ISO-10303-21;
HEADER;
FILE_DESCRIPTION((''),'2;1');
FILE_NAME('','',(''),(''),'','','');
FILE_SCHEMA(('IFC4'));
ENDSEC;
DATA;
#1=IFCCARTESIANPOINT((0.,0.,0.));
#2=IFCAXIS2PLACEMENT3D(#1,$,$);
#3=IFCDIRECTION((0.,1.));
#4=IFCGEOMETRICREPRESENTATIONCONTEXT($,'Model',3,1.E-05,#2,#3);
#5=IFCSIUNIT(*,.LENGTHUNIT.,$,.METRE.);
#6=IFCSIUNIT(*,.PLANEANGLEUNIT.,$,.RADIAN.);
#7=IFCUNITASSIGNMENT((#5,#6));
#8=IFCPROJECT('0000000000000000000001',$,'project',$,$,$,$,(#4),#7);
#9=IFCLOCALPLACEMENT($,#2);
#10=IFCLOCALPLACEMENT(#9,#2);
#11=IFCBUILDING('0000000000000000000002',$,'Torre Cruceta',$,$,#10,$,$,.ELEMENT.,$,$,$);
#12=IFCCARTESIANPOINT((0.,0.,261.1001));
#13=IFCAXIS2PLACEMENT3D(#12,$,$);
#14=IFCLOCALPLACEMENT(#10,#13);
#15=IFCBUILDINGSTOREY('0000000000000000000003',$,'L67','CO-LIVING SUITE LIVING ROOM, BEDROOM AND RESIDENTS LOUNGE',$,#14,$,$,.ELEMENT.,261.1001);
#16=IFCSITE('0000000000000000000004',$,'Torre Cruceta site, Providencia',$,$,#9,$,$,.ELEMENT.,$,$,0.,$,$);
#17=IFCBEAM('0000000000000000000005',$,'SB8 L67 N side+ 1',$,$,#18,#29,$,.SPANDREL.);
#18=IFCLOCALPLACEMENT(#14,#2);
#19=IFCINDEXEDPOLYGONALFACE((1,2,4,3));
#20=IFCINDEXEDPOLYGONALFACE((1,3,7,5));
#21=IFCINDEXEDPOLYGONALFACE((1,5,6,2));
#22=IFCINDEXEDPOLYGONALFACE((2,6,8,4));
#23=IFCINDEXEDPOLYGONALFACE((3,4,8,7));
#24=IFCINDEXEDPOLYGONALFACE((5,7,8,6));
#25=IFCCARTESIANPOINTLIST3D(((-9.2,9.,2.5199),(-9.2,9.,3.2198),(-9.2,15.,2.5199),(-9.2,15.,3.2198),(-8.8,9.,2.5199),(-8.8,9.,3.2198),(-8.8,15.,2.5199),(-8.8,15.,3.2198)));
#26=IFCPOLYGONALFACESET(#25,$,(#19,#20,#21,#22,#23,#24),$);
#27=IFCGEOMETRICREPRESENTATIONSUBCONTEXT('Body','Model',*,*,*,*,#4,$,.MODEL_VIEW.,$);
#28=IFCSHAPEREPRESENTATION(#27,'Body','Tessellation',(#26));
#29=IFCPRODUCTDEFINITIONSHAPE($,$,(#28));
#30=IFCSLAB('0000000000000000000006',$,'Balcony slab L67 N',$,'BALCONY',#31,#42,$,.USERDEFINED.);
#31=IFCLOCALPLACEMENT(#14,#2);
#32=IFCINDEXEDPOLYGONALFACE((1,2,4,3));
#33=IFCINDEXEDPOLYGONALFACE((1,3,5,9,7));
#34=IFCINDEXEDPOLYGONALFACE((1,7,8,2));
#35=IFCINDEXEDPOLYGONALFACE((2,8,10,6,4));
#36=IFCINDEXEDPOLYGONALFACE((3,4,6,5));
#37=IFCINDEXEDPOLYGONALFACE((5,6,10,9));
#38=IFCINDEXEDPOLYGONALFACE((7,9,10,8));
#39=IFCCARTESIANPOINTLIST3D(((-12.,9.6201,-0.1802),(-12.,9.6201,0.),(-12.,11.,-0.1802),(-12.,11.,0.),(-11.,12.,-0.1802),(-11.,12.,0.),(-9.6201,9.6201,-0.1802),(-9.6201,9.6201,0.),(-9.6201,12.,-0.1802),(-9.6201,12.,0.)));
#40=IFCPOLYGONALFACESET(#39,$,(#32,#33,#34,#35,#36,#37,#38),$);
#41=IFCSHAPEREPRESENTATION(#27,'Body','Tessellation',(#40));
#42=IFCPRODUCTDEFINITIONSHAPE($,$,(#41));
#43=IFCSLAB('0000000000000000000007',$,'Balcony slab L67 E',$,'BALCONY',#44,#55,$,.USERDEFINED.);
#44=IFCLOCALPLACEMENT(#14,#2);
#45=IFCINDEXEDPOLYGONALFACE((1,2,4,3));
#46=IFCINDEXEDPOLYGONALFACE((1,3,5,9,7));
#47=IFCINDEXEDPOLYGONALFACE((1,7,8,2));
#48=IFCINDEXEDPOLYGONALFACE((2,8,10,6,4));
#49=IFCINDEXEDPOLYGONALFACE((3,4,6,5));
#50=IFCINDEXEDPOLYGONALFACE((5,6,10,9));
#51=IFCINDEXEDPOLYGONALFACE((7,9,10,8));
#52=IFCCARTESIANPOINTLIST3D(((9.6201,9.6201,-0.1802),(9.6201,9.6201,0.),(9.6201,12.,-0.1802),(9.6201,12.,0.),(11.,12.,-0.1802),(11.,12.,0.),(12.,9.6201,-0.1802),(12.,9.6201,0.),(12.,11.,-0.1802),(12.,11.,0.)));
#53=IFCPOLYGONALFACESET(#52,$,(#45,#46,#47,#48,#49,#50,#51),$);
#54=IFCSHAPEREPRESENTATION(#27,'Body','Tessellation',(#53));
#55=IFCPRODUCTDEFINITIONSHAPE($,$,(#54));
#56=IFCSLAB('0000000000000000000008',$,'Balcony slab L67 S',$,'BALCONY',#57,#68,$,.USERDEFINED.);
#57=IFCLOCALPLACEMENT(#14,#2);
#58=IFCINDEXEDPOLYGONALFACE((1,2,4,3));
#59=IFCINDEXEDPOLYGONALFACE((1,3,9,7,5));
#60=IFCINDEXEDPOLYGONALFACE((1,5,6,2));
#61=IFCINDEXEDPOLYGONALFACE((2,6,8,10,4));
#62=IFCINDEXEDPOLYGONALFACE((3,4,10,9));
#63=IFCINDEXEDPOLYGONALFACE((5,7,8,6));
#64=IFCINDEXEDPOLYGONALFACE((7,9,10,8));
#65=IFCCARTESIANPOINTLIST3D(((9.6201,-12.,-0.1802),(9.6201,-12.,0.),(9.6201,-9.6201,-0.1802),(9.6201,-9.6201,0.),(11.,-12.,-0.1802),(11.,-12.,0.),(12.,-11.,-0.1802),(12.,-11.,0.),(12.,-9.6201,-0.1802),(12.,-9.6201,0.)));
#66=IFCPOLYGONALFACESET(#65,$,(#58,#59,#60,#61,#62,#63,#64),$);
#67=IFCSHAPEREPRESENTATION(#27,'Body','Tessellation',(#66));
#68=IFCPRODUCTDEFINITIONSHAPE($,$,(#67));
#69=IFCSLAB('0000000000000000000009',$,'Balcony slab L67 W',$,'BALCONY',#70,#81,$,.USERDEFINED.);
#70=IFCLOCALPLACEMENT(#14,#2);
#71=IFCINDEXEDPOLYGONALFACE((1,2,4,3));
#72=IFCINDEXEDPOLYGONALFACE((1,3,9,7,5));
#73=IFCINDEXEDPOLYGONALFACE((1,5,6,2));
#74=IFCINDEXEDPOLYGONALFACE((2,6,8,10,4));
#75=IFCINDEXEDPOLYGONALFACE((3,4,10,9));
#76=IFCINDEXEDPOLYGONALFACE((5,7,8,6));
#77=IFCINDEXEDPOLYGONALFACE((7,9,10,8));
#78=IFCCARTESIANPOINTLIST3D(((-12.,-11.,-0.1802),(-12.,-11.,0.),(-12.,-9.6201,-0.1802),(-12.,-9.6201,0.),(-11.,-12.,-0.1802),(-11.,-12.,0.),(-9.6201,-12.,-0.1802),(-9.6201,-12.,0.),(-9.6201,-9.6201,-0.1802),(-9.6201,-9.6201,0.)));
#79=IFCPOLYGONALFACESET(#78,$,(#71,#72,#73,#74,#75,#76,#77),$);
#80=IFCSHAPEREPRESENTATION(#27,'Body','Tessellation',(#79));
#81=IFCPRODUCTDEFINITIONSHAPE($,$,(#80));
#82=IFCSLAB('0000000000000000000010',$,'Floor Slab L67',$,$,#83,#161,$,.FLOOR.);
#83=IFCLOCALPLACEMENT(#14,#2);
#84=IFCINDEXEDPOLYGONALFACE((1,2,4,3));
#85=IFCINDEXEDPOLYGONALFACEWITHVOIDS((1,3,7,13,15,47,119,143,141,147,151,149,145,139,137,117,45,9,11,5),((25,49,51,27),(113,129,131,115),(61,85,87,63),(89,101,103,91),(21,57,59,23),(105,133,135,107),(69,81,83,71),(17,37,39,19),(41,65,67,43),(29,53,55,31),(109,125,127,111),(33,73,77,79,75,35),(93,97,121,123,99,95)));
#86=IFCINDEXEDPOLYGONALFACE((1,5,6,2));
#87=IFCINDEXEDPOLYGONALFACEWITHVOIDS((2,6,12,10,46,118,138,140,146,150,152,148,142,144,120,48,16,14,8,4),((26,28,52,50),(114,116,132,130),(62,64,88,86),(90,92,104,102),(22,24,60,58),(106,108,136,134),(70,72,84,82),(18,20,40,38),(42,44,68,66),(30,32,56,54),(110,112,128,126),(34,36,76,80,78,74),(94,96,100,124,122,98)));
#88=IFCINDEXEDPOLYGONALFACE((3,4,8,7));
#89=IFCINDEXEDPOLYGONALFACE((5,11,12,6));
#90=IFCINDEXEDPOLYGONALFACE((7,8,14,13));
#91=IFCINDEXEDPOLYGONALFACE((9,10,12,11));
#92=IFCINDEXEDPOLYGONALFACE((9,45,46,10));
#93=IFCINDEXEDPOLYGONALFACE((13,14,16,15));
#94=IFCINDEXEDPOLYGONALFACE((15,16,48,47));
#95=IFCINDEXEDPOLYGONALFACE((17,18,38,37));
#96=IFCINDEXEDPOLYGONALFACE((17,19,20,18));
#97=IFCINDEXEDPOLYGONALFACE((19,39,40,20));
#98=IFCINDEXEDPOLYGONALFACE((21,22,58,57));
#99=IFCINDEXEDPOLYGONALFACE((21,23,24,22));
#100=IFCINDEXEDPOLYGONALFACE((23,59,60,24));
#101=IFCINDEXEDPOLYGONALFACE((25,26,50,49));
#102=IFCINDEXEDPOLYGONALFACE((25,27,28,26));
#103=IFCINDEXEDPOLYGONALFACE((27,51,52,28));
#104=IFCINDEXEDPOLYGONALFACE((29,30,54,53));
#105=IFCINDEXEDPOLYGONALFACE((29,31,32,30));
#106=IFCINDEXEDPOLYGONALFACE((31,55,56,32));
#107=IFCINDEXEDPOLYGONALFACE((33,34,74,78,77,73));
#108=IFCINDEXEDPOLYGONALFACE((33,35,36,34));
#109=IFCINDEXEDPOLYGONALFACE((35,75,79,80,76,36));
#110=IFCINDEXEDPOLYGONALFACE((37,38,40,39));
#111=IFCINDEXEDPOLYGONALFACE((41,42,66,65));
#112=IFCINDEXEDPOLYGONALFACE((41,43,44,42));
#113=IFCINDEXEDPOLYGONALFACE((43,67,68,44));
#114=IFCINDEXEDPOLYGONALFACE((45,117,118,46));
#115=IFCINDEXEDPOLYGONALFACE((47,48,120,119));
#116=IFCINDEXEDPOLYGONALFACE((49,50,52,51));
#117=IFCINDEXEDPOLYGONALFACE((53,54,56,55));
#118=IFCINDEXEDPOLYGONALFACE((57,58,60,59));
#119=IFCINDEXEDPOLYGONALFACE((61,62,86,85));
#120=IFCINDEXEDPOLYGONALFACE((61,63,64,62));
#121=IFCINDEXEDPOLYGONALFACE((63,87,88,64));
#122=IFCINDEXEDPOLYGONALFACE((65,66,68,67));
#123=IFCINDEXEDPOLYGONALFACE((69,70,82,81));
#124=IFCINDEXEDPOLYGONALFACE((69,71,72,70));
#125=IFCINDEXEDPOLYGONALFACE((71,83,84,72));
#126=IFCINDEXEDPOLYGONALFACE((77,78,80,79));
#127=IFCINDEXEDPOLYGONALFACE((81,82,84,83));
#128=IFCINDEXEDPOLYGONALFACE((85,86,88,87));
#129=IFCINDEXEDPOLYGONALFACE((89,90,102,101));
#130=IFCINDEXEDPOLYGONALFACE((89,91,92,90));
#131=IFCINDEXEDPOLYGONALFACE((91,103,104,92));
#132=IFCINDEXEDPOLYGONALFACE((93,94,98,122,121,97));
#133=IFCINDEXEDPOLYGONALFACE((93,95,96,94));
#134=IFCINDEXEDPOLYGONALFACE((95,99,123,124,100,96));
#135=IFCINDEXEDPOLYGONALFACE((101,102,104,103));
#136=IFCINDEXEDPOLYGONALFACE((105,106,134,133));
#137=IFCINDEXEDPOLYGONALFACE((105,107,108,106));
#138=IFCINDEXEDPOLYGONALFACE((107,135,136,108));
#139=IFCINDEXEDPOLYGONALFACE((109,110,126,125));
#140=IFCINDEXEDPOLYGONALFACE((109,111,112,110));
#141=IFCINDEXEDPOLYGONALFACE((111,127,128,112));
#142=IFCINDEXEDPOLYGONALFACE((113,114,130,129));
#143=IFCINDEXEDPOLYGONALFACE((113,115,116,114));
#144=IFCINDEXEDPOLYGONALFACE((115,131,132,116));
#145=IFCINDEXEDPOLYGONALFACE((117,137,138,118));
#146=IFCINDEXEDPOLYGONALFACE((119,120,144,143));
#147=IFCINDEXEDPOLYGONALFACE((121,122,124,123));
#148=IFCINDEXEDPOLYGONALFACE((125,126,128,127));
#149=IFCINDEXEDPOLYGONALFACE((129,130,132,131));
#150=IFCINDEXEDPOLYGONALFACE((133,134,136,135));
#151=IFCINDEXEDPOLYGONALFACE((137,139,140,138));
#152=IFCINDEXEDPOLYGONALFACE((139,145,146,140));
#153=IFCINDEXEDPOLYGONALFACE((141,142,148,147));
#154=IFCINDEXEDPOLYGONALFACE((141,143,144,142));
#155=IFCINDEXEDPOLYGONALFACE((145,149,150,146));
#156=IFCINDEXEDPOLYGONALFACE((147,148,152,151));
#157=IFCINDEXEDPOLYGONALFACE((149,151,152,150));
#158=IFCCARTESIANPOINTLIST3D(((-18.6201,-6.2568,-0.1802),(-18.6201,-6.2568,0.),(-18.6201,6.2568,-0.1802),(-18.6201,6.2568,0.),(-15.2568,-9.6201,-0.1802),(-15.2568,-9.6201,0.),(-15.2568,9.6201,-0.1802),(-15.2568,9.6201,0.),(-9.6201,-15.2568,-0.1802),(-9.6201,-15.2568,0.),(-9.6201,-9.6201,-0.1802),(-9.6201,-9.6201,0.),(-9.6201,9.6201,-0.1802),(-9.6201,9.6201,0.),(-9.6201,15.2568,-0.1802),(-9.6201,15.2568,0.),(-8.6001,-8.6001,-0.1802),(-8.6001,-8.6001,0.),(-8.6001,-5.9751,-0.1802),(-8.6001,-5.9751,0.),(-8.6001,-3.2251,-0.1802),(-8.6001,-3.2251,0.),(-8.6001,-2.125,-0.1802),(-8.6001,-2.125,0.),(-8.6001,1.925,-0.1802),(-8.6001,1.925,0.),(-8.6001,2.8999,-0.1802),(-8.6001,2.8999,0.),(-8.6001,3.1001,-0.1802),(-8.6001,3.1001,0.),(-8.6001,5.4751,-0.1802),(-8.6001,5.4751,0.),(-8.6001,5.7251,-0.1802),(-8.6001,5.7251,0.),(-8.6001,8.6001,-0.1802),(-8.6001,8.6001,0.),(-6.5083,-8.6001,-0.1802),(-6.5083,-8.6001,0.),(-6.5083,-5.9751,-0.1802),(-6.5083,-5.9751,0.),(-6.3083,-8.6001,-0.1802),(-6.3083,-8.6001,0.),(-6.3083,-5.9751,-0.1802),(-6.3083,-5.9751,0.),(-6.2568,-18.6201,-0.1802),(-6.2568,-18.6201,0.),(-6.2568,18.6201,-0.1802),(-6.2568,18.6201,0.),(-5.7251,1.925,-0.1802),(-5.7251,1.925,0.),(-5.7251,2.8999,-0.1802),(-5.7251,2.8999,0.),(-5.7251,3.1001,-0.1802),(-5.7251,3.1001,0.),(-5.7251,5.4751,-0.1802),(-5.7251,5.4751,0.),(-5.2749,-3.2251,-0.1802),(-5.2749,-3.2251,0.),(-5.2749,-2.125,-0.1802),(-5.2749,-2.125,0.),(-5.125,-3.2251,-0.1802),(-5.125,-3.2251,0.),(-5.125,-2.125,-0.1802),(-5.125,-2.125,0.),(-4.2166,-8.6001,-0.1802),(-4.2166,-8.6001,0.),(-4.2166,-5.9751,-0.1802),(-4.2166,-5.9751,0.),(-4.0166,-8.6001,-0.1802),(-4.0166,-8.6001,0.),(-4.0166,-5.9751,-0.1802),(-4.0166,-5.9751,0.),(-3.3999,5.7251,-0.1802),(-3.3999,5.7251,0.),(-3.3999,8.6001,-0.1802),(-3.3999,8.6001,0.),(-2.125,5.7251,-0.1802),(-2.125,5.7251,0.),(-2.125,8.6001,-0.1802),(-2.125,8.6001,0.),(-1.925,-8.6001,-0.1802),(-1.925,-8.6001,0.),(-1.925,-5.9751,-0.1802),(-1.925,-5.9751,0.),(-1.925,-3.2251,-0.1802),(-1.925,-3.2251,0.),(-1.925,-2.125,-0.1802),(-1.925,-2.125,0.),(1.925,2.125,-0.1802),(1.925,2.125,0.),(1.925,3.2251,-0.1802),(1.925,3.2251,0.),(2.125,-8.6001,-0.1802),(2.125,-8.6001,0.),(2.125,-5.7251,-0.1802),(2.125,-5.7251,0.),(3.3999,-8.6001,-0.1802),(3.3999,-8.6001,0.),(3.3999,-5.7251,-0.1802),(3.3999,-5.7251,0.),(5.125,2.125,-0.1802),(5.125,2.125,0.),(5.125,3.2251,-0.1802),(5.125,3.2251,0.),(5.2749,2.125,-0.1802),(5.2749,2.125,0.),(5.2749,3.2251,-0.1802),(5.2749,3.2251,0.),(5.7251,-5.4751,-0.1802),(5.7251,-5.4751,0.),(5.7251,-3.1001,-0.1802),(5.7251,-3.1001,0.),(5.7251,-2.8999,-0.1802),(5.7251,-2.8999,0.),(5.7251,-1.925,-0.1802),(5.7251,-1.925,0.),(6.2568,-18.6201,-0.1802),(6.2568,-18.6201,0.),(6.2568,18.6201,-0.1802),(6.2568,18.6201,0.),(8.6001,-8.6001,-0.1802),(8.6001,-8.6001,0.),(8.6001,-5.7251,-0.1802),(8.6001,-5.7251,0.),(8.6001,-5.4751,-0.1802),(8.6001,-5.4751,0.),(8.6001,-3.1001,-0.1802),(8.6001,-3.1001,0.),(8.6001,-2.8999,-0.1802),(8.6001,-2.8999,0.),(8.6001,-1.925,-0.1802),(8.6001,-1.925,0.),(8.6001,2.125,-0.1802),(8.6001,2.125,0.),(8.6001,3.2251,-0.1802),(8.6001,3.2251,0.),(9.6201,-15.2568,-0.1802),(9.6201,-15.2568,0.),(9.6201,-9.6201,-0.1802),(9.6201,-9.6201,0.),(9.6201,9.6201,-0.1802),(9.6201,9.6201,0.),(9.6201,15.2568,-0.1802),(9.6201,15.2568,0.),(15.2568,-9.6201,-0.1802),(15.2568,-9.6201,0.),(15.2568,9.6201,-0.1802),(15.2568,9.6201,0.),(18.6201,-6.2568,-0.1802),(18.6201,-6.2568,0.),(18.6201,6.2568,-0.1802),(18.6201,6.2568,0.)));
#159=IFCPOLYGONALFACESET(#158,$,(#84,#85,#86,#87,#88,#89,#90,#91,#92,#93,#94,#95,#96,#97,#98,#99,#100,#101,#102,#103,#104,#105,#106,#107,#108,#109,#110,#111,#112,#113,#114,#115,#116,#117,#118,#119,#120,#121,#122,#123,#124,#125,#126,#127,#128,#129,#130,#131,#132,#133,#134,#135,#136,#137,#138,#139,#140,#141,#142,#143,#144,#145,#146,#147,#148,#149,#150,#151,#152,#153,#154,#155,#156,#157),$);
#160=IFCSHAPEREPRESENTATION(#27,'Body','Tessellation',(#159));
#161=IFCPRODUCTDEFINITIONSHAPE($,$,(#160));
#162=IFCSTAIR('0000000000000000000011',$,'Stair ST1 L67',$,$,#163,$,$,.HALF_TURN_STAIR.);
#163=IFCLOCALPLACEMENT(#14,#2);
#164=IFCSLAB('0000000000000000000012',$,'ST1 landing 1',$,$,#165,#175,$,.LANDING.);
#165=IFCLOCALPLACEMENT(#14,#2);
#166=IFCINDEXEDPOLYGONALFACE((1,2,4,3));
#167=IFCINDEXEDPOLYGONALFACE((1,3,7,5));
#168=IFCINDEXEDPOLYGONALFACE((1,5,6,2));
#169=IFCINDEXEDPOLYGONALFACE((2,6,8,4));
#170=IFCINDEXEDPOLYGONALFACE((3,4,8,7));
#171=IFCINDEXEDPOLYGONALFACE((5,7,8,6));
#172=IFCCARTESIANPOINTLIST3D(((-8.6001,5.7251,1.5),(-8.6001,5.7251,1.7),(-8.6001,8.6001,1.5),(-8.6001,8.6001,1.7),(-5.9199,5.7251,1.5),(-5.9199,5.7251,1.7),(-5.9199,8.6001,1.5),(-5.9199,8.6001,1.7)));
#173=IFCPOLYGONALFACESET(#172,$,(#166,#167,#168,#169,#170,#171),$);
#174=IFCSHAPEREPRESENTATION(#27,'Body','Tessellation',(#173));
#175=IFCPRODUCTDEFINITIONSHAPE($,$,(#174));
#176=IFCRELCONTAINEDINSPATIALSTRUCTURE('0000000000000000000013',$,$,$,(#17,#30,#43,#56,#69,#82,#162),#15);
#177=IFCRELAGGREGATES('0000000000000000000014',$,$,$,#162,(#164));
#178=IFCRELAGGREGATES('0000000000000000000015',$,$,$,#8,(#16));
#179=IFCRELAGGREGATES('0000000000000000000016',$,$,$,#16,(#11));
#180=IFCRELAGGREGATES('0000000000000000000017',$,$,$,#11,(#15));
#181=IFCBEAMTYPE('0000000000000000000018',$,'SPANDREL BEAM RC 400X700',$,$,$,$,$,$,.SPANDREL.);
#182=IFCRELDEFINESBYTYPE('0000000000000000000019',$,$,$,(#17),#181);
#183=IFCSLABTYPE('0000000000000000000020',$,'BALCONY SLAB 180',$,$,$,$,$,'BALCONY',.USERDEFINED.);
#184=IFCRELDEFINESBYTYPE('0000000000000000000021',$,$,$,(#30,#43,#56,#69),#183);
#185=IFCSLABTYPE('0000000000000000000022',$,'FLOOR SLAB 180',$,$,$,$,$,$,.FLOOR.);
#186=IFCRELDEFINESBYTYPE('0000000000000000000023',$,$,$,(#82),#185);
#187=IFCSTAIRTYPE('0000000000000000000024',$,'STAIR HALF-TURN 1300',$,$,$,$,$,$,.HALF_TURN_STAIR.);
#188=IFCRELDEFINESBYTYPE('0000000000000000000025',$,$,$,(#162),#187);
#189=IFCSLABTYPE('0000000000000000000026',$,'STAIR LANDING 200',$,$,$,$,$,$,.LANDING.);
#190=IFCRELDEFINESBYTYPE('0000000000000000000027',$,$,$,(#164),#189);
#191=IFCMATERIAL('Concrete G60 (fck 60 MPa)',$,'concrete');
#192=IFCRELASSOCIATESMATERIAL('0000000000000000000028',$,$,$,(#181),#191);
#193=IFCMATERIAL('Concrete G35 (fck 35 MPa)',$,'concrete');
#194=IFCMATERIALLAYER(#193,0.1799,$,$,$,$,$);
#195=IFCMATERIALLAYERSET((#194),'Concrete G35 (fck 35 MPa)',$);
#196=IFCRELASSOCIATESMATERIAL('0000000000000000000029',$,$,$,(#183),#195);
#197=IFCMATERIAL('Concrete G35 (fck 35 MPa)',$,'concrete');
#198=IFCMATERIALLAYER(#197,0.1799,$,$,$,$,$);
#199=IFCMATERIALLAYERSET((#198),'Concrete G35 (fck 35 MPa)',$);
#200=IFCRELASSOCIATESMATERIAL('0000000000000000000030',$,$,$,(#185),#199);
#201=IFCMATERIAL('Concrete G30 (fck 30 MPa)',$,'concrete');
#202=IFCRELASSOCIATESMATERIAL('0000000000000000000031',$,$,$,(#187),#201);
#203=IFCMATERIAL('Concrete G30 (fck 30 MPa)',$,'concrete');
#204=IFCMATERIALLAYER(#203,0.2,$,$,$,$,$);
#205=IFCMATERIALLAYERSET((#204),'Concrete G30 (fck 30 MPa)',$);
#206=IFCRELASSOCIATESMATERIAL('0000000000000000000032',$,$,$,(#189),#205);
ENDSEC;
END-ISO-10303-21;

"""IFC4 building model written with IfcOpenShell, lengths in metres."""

from ifc_helpers import new_model, si_unit, direction, frame, origin, origin_2d, place, context, subcontext, project, spatial, polyline, rectangle, outline, extrude, material, layer, layer_set, material_profile, profile_set, type_object, element, aggregate, save


model = new_model("IFC4")

# Units and contexts
model_context = context("Model", 3, precision=1e-05, world=origin(), true_north=direction((0.0, 1.0)))
body_context = subcontext(model_context, "Body", "Model", "MODEL_VIEW")
ifc_project = project(units=[si_unit("LENGTHUNIT", "METRE"), si_unit("PLANEANGLEUNIT", "RADIAN")], contexts=[model_context])

# Site, building, storey
site_placement = place(None, origin())
site = spatial("IfcSite", under=ifc_project, at=site_placement, Name="Torre Cruceta site, Providencia", CompositionType="ELEMENT", RefElevation=0.0)
building_placement = place(site_placement, origin())
building = spatial("IfcBuilding", under=site, at=building_placement, Name="Torre Cruceta", CompositionType="ELEMENT")
storey_placement = place(building_placement, frame((0.0, 0.0, 261.1001)))
storey = spatial("IfcBuildingStorey", under=building, at=storey_placement, Name="L67", Description="CO-LIVING SUITE LIVING ROOM, BEDROOM AND RESIDENTS LOUNGE", CompositionType="ELEMENT", Elevation=261.1001)

# Beam
ifc_material_1 = material(Name="Concrete G60 (fck 60 MPa)", Category="concrete")
ifc_material_profile = material_profile(ifc_material_1, rectangle(XDim=0.3999, YDim=0.7, at=origin_2d()), Name="RC 400X700")
ifc_profile_set = profile_set([ifc_material_profile], Name="Concrete G60 (fck 60 MPa)")
beam_type = type_object("IfcBeamType", Name="SPANDREL BEAM RC 400X700", PredefinedType="SPANDREL", material=ifc_profile_set)
beam_placement = place(storey_placement, frame((-9.0, 9.0, 2.8699), z_axis=(0.0, 1.0, 0.0), x_axis=(-1.0, 0.0, 0.0)))
element("IfcBeam", 1, at=beam_placement, inside=storey, type_object=beam_type, Name="SB8 L67 N side+ 1", PredefinedType="SPANDREL", context=body_context, shape_type="SweptSolid", body=[
    extrude(rectangle(XDim=0.3999, YDim=0.7, at=origin_2d()), origin(), (0.0, 0.0, 1.0), 6.0),
])

# Slabs
ifc_material_2 = material(Name="Concrete G35 (fck 35 MPa)", Category="concrete")
ifc_layer_1 = layer(ifc_material_2, 0.1799)
ifc_layer_set_1 = layer_set([ifc_layer_1], Name="Concrete G35 (fck 35 MPa)")
slab_type_1 = type_object("IfcSlabType", Name="BALCONY SLAB 180", ElementType="BALCONY", PredefinedType="USERDEFINED", material=ifc_layer_set_1)
slab_1_placement = place(storey_placement, frame((0.0, 0.0, -0.1802)))
element("IfcSlab", 2, at=slab_1_placement, inside=storey, type_object=slab_type_1, Name="Balcony slab L67 N", ObjectType="BALCONY", PredefinedType="USERDEFINED", context=body_context, shape_type="SweptSolid", body=[
    extrude(outline(polyline([(-12.0, 11.0), (-11.0, 12.0), (-9.6201, 12.0), (-9.6201, 9.6201), (-12.0, 9.6201), (-12.0, 11.0)])), origin(), (0.0, 0.0, 1.0), 0.1802),
])
slab_2_placement = place(storey_placement, frame((0.0, 0.0, -0.1802)))
element("IfcSlab", 3, at=slab_2_placement, inside=storey, type_object=slab_type_1, Name="Balcony slab L67 E", ObjectType="BALCONY", PredefinedType="USERDEFINED", context=body_context, shape_type="SweptSolid", body=[
    extrude(outline(polyline([(11.0, 12.0), (12.0, 11.0), (12.0, 9.6201), (9.6201, 9.6201), (9.6201, 12.0), (11.0, 12.0)])), origin(), (0.0, 0.0, 1.0), 0.1802),
])
slab_3_placement = place(storey_placement, frame((0.0, 0.0, -0.1802)))
element("IfcSlab", 4, at=slab_3_placement, inside=storey, type_object=slab_type_1, Name="Balcony slab L67 S", ObjectType="BALCONY", PredefinedType="USERDEFINED", context=body_context, shape_type="SweptSolid", body=[
    extrude(outline(polyline([(12.0, -11.0), (11.0, -12.0), (9.6201, -12.0), (9.6201, -9.6201), (12.0, -9.6201), (12.0, -11.0)])), origin(), (0.0, 0.0, 1.0), 0.1802),
])
slab_4_placement = place(storey_placement, frame((0.0, 0.0, -0.1802)))
element("IfcSlab", 5, at=slab_4_placement, inside=storey, type_object=slab_type_1, Name="Balcony slab L67 W", ObjectType="BALCONY", PredefinedType="USERDEFINED", context=body_context, shape_type="SweptSolid", body=[
    extrude(outline(polyline([(-11.0, -12.0), (-12.0, -11.0), (-12.0, -9.6201), (-9.6201, -9.6201), (-9.6201, -12.0), (-11.0, -12.0)])), origin(), (0.0, 0.0, 1.0), 0.1802),
])
ifc_material_3 = material(Name="Concrete G35 (fck 35 MPa)", Category="concrete")
ifc_layer_2 = layer(ifc_material_3, 0.1799)
ifc_layer_set_2 = layer_set([ifc_layer_2], Name="Concrete G35 (fck 35 MPa)")
slab_type_2 = type_object("IfcSlabType", Name="FLOOR SLAB 180", PredefinedType="FLOOR", material=ifc_layer_set_2)
slab_5_placement = place(storey_placement, frame((0.0, 0.0, -0.1802)))
element("IfcSlab", 6, at=slab_5_placement, inside=storey, type_object=slab_type_2, Name="Floor Slab L67", PredefinedType="FLOOR", context=body_context, shape_type="SweptSolid", body=[
    extrude(outline(polyline([(9.6201, -9.6201), (9.6201, -15.2568), (6.2568, -18.6201), (-6.2568, -18.6201), (-9.6201, -15.2568), (-9.6201, -9.6201), (-15.2568, -9.6201), (-18.6201, -6.2568), (-18.6201, 6.2568), (-15.2568, 9.6201), (-9.6201, 9.6201), (-9.6201, 15.2568), (-6.2568, 18.6201), (6.2568, 18.6201), (9.6201, 15.2568), (9.6201, 9.6201), (15.2568, 9.6201), (18.6201, 6.2568), (18.6201, -6.2568), (15.2568, -9.6201), (9.6201, -9.6201)]), holes=[polyline([(1.925, 2.125), (5.125, 2.125), (5.125, 3.2251), (1.925, 3.2251), (1.925, 2.125)]), polyline([(5.2749, 2.125), (8.6001, 2.125), (8.6001, 3.2251), (5.2749, 3.2251), (5.2749, 2.125)]), polyline([(-8.6001, 3.1001), (-5.7251, 3.1001), (-5.7251, 5.4751), (-8.6001, 5.4751), (-8.6001, 3.1001)]), polyline([(-8.6001, 1.925), (-5.7251, 1.925), (-5.7251, 2.8999), (-8.6001, 2.8999), (-8.6001, 1.925)]), polyline([(-4.0166, -8.6001), (-1.925, -8.6001), (-1.925, -5.9751), (-4.0166, -5.9751), (-4.0166, -8.6001)]), polyline([(-6.3083, -8.6001), (-4.2166, -8.6001), (-4.2166, -5.9751), (-6.3083, -5.9751), (-6.3083, -8.6001)]), polyline([(-8.6001, -8.6001), (-6.5083, -8.6001), (-6.5083, -5.9751), (-8.6001, -5.9751), (-8.6001, -8.6001)]), polyline([(-5.125, -3.2251), (-1.925, -3.2251), (-1.925, -2.125), (-5.125, -2.125), (-5.125, -3.2251)]), polyline([(-8.6001, -3.2251), (-5.2749, -3.2251), (-5.2749, -2.125), (-8.6001, -2.125), (-8.6001, -3.2251)]), polyline([(5.7251, -5.4751), (8.6001, -5.4751), (8.6001, -3.1001), (5.7251, -3.1001), (5.7251, -5.4751)]), polyline([(5.7251, -2.8999), (8.6001, -2.8999), (8.6001, -1.925), (5.7251, -1.925), (5.7251, -2.8999)]), polyline([(-8.6001, 5.7251), (-8.6001, 8.6001), (-3.3999, 8.6001), (-2.125, 8.6001), (-2.125, 5.7251), (-3.3999, 5.7251), (-8.6001, 5.7251)]), polyline([(2.125, -5.7251), (3.3999, -5.7251), (8.6001, -5.7251), (8.6001, -8.6001), (3.3999, -8.6001), (2.125, -8.6001), (2.125, -5.7251)])]), origin(), (0.0, 0.0, 1.0), 0.1802),
])

# Stair, slab
ifc_material_4 = material(Name="Concrete G30 (fck 30 MPa)", Category="concrete")
stair_type = type_object("IfcStairType", Name="STAIR HALF-TURN 1300", PredefinedType="HALF_TURN_STAIR", material=ifc_material_4)
stair_placement = place(storey_placement, origin())
stair = element("IfcStair", 7, at=stair_placement, inside=storey, type_object=stair_type, Name="Stair ST1 L67", PredefinedType="HALF_TURN_STAIR")
ifc_material_5 = material(Name="Concrete G30 (fck 30 MPa)", Category="concrete")
ifc_layer_3 = layer(ifc_material_5, 0.2)
ifc_layer_set_3 = layer_set([ifc_layer_3], Name="Concrete G30 (fck 30 MPa)")
slab_type_3 = type_object("IfcSlabType", Name="STAIR LANDING 200", PredefinedType="LANDING", material=ifc_layer_set_3)
slab_6_placement = place(storey_placement, frame((0.0, 0.0, 1.5)))
slab_6 = element("IfcSlab", 8, at=slab_6_placement, type_object=slab_type_3, Name="ST1 landing 1", PredefinedType="LANDING", context=body_context, shape_type="SweptSolid", body=[
    extrude(outline(polyline([(-8.6001, 5.7251), (-5.9199, 5.7251), (-5.9199, 8.6001), (-8.6001, 8.6001), (-8.6001, 5.7251)])), origin(), (0.0, 0.0, 1.0), 0.2),
])

aggregate(stair, [slab_6])

save(model, "model.ifc")
